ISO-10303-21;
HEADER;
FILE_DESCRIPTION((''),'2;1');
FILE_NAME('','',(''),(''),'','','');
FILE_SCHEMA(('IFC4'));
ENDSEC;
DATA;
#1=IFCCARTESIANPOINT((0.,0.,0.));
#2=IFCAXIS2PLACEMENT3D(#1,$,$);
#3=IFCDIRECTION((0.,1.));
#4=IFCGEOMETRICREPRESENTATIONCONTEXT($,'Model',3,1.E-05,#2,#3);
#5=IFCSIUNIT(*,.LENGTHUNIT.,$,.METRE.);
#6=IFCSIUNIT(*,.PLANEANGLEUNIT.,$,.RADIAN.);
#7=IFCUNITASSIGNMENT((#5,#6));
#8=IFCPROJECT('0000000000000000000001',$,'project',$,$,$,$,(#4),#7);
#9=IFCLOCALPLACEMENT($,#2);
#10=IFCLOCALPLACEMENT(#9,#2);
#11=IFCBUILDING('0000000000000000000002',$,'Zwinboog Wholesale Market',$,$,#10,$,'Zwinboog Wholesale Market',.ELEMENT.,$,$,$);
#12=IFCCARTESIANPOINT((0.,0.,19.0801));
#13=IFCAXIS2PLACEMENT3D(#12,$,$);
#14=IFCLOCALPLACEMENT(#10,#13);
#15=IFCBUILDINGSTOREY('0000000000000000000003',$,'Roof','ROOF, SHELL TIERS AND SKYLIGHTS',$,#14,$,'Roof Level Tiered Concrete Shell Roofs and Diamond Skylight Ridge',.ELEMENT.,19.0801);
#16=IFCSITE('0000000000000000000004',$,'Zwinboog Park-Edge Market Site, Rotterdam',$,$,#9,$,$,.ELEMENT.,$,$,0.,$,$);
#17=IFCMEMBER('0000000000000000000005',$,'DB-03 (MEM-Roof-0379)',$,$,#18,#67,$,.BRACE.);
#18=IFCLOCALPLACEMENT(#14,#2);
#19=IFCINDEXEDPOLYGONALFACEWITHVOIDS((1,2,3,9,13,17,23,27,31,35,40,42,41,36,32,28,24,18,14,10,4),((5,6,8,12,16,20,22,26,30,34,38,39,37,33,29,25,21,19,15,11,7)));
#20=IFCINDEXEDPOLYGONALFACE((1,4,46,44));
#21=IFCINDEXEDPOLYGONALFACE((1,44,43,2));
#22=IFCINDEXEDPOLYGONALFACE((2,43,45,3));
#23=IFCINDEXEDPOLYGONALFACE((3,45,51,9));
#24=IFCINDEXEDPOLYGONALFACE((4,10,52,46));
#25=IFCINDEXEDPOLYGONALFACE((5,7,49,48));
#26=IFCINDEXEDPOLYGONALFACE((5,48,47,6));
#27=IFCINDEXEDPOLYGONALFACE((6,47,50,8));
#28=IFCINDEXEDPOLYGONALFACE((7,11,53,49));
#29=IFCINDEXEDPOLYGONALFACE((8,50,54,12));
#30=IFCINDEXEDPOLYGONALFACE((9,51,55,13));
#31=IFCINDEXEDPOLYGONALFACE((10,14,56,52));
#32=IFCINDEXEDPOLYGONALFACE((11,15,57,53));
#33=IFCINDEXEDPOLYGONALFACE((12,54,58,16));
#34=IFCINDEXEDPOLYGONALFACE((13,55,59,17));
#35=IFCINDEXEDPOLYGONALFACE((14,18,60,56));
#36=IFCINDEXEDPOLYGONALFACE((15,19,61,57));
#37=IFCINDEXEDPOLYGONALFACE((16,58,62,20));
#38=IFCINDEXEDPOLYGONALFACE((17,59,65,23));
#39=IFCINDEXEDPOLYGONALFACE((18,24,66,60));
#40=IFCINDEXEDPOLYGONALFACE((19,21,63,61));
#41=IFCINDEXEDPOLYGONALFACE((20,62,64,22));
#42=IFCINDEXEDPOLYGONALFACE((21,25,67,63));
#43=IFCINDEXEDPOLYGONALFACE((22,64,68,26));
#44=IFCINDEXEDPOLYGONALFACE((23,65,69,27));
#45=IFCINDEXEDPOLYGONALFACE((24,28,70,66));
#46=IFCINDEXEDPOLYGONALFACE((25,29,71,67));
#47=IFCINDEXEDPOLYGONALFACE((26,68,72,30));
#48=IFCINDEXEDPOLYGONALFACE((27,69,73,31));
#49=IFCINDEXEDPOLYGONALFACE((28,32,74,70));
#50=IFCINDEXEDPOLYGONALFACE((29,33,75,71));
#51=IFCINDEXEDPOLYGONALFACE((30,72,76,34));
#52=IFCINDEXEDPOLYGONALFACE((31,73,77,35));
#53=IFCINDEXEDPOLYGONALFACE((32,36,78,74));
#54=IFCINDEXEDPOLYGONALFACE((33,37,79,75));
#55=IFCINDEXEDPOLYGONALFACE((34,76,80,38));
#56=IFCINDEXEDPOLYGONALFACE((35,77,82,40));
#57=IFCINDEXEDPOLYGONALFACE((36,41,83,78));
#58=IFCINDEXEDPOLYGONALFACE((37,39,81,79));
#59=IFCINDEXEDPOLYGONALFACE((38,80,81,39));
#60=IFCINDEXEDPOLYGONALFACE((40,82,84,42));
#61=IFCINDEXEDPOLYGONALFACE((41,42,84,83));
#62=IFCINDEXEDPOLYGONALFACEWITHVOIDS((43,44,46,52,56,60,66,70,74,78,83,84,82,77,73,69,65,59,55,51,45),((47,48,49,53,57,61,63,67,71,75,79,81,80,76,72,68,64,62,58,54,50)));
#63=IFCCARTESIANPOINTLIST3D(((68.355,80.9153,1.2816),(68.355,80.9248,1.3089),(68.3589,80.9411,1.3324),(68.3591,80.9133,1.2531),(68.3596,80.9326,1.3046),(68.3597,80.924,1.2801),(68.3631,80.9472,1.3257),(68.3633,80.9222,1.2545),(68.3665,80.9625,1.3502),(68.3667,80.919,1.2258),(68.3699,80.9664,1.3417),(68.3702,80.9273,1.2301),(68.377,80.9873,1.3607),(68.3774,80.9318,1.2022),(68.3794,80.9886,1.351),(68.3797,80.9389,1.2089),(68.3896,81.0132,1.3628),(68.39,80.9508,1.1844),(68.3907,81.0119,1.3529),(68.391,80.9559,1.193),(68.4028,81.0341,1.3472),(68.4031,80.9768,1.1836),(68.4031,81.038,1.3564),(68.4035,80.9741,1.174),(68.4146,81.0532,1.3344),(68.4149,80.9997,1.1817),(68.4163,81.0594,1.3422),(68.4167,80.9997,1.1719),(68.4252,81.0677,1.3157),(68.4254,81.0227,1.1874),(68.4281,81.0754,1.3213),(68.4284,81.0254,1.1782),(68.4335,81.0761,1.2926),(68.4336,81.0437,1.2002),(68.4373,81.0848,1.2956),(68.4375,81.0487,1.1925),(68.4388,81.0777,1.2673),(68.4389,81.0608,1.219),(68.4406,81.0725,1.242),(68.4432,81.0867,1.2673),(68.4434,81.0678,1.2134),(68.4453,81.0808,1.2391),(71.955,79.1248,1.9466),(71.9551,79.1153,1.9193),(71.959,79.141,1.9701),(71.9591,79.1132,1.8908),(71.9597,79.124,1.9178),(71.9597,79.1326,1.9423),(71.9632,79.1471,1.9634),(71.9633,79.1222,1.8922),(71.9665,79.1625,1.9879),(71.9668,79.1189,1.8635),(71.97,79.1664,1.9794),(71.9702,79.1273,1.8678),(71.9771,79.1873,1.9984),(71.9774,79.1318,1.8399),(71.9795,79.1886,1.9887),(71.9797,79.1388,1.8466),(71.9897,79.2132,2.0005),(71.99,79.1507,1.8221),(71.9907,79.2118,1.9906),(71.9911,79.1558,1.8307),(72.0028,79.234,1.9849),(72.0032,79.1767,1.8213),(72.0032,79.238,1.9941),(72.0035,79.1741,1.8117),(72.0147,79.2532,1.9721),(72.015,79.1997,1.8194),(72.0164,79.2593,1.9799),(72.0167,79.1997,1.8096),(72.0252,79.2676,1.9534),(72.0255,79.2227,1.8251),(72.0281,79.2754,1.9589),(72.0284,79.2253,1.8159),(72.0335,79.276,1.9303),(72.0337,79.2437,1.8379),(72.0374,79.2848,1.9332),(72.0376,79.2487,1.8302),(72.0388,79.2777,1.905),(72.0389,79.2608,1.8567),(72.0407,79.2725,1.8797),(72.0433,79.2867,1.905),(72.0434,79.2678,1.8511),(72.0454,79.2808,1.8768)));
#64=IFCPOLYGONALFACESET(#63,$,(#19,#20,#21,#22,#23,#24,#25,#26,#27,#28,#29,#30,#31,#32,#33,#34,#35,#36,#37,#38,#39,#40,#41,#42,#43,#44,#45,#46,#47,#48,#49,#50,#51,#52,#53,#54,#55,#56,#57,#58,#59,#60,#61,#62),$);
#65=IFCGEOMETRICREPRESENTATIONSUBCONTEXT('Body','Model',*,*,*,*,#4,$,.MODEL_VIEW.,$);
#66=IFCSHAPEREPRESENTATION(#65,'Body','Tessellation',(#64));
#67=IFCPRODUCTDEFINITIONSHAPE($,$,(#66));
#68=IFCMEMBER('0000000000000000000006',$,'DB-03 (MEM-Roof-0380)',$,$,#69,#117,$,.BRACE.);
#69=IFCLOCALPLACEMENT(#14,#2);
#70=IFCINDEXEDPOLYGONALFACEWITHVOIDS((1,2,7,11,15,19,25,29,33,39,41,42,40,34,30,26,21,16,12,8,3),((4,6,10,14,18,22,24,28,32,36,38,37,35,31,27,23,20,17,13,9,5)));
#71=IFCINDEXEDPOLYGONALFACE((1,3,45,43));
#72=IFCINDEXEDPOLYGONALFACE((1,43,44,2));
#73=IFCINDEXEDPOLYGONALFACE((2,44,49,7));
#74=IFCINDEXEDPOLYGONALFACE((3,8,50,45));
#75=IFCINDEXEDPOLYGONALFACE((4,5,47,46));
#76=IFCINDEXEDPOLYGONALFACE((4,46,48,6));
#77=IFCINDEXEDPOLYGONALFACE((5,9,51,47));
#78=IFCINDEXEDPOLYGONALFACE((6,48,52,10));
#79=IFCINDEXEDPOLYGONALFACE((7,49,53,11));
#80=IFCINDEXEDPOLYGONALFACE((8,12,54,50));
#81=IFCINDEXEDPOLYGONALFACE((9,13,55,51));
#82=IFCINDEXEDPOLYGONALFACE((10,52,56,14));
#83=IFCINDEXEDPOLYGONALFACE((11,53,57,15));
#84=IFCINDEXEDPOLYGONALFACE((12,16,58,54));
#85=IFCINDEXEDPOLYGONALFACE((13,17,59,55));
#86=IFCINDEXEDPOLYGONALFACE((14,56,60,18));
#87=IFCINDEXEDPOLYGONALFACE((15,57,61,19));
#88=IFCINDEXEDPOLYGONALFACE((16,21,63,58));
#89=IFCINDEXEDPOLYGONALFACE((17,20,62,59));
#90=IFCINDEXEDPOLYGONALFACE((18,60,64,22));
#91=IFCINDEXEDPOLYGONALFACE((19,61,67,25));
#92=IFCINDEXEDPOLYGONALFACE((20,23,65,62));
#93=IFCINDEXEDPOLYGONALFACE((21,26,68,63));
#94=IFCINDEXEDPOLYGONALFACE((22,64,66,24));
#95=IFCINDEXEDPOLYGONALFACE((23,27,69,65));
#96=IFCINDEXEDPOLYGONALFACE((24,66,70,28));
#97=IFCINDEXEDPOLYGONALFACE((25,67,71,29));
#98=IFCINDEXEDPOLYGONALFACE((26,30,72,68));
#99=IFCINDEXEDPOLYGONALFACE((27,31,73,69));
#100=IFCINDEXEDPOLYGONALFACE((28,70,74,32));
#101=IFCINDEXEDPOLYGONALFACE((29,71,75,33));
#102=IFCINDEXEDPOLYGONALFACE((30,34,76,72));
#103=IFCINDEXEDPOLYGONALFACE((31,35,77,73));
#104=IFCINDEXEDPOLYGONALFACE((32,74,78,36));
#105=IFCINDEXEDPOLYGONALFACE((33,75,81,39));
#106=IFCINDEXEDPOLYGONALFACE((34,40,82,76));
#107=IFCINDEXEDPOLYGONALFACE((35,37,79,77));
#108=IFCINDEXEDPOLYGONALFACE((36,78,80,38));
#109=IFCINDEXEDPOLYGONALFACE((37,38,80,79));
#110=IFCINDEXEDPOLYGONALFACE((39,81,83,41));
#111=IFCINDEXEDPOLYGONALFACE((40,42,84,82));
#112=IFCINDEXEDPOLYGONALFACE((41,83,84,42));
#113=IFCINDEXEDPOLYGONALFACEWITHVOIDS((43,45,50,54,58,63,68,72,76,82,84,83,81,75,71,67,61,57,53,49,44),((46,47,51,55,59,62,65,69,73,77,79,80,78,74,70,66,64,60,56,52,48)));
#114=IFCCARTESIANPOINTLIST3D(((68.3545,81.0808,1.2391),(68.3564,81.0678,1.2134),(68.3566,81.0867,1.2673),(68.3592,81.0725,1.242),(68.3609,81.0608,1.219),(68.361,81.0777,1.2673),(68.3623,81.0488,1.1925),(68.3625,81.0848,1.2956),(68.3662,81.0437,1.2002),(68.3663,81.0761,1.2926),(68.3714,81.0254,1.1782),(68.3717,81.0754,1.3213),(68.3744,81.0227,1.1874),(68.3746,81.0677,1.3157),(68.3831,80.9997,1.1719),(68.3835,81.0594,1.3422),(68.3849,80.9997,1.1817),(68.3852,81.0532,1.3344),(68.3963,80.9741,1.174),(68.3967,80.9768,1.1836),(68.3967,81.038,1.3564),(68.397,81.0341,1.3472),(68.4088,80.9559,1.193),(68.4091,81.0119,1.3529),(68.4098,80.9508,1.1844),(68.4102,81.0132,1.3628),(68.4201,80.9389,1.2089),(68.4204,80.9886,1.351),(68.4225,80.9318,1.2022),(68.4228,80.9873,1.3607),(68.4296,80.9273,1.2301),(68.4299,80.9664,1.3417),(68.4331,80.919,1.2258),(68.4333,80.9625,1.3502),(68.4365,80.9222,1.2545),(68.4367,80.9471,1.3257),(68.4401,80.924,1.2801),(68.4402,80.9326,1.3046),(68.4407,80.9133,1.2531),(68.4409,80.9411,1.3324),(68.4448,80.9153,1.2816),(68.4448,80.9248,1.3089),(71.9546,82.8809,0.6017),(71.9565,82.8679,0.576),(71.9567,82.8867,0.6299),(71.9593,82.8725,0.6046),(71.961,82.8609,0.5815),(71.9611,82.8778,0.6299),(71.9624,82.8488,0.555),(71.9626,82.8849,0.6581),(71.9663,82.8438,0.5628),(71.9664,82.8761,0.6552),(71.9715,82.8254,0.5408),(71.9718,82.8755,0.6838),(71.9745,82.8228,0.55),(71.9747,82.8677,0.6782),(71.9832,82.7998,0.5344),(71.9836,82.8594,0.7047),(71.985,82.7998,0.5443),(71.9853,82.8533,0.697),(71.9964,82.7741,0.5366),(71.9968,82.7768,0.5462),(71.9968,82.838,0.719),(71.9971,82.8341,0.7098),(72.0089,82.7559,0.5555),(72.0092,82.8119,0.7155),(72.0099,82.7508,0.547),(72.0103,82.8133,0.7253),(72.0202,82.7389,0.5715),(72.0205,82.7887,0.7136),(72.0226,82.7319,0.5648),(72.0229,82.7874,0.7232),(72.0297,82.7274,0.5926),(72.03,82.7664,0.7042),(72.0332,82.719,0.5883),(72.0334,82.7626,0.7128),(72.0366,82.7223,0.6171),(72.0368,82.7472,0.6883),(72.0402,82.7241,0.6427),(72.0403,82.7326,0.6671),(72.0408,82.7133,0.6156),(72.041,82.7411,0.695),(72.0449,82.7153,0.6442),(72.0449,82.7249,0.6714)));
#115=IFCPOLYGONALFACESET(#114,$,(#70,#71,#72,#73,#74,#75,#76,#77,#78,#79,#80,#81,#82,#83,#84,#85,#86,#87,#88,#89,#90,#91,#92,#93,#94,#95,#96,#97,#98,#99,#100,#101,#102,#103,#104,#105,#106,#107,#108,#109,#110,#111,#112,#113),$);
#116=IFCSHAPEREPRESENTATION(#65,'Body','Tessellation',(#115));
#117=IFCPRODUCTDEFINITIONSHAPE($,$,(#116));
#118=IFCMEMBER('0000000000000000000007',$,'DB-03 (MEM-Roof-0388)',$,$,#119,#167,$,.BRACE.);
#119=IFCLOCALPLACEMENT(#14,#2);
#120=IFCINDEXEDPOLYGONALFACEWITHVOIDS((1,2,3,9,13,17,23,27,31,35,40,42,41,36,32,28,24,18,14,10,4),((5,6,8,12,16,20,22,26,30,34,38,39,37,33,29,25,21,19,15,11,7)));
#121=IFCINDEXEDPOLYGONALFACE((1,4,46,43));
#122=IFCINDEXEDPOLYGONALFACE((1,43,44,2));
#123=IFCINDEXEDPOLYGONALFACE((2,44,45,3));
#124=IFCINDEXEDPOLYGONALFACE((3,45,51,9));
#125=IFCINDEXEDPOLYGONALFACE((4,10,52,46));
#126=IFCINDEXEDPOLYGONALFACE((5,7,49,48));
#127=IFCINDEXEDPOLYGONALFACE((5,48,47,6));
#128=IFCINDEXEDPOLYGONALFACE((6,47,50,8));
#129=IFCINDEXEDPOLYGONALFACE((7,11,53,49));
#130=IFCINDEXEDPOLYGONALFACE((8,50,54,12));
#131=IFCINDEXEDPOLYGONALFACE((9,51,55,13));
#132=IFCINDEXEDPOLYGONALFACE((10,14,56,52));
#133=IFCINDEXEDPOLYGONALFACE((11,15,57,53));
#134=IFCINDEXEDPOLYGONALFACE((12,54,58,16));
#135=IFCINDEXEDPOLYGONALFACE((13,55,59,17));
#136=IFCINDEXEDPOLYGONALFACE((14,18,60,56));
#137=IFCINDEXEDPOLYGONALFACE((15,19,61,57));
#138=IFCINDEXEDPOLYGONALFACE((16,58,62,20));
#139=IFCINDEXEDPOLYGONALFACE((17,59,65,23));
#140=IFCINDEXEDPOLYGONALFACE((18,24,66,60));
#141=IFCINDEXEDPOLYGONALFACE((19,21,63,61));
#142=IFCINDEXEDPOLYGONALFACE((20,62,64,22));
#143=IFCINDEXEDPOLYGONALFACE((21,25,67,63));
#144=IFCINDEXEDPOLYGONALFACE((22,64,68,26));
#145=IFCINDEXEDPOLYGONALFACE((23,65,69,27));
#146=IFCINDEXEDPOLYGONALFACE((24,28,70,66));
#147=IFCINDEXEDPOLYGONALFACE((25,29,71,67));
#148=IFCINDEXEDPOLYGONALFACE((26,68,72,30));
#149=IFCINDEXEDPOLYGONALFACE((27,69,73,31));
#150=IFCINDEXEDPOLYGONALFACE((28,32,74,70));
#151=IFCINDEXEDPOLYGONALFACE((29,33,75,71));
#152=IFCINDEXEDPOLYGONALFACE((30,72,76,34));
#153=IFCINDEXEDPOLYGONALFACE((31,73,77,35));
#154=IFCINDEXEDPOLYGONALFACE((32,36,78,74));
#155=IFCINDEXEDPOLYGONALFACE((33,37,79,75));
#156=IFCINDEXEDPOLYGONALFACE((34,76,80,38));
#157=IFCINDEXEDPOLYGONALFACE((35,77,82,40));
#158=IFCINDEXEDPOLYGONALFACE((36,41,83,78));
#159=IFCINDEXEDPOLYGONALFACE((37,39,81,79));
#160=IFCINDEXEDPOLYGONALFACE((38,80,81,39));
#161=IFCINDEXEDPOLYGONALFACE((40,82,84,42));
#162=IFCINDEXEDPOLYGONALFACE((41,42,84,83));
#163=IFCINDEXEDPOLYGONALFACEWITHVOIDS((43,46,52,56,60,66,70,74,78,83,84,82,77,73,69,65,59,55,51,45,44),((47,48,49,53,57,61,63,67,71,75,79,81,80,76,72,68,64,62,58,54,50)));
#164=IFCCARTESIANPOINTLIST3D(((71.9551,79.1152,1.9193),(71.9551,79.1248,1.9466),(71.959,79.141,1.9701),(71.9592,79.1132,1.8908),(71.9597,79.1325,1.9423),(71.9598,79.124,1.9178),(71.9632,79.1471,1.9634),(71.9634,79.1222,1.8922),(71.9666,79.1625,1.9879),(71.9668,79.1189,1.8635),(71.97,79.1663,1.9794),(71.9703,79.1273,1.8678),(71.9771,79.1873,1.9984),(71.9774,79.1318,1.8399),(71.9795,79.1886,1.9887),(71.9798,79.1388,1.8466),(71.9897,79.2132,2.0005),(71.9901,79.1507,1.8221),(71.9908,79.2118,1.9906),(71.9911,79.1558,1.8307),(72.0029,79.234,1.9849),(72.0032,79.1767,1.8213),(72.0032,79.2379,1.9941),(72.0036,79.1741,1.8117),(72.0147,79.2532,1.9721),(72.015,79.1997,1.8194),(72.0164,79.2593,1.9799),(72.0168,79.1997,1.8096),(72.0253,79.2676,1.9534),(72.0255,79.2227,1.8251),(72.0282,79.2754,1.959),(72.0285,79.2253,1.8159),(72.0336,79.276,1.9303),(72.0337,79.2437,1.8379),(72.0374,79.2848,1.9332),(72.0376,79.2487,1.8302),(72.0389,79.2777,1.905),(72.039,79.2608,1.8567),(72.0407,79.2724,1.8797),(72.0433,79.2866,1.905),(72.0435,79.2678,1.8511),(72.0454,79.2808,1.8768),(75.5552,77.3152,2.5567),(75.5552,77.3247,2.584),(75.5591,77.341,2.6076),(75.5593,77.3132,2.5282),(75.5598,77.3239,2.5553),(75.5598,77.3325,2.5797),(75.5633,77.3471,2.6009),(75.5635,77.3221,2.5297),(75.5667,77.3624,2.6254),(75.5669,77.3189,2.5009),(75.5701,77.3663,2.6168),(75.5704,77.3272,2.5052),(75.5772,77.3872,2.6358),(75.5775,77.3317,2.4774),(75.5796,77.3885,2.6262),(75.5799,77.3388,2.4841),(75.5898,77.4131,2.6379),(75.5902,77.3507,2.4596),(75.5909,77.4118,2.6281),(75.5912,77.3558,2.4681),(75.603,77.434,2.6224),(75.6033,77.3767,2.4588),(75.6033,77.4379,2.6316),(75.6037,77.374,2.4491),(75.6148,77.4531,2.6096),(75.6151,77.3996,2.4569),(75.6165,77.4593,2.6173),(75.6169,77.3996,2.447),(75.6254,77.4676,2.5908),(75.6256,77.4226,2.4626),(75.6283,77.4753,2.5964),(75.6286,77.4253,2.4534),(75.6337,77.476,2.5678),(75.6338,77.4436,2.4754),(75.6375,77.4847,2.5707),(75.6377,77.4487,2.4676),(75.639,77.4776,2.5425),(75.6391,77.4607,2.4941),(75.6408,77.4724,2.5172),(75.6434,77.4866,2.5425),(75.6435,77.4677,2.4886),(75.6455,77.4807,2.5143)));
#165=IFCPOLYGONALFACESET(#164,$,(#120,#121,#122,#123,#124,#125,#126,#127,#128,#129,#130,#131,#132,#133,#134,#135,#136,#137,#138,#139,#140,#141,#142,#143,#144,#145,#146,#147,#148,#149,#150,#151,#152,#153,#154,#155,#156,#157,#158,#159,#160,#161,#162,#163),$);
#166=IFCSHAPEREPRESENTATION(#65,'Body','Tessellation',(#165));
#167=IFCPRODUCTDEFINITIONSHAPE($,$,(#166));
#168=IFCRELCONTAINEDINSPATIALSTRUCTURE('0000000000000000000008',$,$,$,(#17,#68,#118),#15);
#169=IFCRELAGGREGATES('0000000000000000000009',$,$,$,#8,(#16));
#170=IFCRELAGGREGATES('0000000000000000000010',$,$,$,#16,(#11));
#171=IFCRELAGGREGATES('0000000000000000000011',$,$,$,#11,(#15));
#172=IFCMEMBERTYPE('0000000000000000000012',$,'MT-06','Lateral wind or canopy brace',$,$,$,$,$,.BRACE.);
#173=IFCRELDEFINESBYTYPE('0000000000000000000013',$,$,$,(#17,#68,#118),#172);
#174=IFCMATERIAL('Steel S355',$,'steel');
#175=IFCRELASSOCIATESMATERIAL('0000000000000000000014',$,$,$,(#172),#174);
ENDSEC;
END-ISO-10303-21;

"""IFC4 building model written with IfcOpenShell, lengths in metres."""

from ifc_helpers import new_model, si_unit, direction, frame, origin, origin_2d, place, context, subcontext, project, spatial, hollow_circle, extrude, material, material_profile, profile_set, type_object, element, save


model = new_model("IFC4")

# Units and contexts
model_context = context("Model", 3, precision=1e-05, world=origin(), true_north=direction((0.0, 1.0)))
body_context = subcontext(model_context, "Body", "Model", "MODEL_VIEW")
ifc_project = project(units=[si_unit("LENGTHUNIT", "METRE"), si_unit("PLANEANGLEUNIT", "RADIAN")], contexts=[model_context])

# Site, building, storey
site_placement = place(None, origin())
site = spatial("IfcSite", under=ifc_project, at=site_placement, Name="Zwinboog Park-Edge Market Site, Rotterdam", CompositionType="ELEMENT", RefElevation=0.0)
building_placement = place(site_placement, origin())
building = spatial("IfcBuilding", under=site, at=building_placement, Name="Zwinboog Wholesale Market", LongName="Zwinboog Wholesale Market", CompositionType="ELEMENT")
storey_placement = place(building_placement, frame((0.0, 0.0, 19.0801)))
storey = spatial("IfcBuildingStorey", under=building, at=storey_placement, Name="Roof", Description="ROOF, SHELL TIERS AND SKYLIGHTS", LongName="Roof Level Tiered Concrete Shell Roofs and Diamond Skylight Ridge", CompositionType="ELEMENT", Elevation=19.0801)

# Members
ifc_material_1 = material(Name="Steel S355", Category="steel")
ifc_material_profile_1 = material_profile(ifc_material_1, hollow_circle(Radius=0.0969, WallThickness=0.01, at=origin_2d()), Name="CHS 193.7x10")
ifc_profile_set_1 = profile_set([ifc_material_profile_1], Name="Steel S355")
member_type_1 = type_object("IfcMemberType", Name="MT-06", Description="Lateral wind or canopy brace", PredefinedType="BRACE", material=ifc_profile_set_1)
for number, where, z_axis, x_axis, name in (
    (1, (68.3999, 81.0, 1.2673), (0.883409, -0.441704, 0.156481), (0.447214, 0.894427, 0.0), "DB-03 (MEM-Roof-0379)"),
    (2, (68.3999, 81.0, 1.2673), (0.883417, 0.441709, -0.156422), (-0.447214, 0.894427, 0.0), "DB-03 (MEM-Roof-0380)"),
    (3, (72.0, 79.2, 1.905), (0.883417, -0.441709, 0.156422), (0.447214, 0.894427, 0.0), "DB-03 (MEM-Roof-0388)"),
):
    element("IfcMember", number, at=place(storey_placement, frame(where, z_axis=z_axis, x_axis=x_axis)), inside=storey, type_object=member_type_1, Name=name, PredefinedType="BRACE", context=body_context, shape_type="SweptSolid", body=[
        extrude(hollow_circle(Radius=0.0969, WallThickness=0.01, at=origin_2d()), origin(), (0.0, 0.0, 1.0), 4.0752),
    ])

save(model, "model.ifc")
